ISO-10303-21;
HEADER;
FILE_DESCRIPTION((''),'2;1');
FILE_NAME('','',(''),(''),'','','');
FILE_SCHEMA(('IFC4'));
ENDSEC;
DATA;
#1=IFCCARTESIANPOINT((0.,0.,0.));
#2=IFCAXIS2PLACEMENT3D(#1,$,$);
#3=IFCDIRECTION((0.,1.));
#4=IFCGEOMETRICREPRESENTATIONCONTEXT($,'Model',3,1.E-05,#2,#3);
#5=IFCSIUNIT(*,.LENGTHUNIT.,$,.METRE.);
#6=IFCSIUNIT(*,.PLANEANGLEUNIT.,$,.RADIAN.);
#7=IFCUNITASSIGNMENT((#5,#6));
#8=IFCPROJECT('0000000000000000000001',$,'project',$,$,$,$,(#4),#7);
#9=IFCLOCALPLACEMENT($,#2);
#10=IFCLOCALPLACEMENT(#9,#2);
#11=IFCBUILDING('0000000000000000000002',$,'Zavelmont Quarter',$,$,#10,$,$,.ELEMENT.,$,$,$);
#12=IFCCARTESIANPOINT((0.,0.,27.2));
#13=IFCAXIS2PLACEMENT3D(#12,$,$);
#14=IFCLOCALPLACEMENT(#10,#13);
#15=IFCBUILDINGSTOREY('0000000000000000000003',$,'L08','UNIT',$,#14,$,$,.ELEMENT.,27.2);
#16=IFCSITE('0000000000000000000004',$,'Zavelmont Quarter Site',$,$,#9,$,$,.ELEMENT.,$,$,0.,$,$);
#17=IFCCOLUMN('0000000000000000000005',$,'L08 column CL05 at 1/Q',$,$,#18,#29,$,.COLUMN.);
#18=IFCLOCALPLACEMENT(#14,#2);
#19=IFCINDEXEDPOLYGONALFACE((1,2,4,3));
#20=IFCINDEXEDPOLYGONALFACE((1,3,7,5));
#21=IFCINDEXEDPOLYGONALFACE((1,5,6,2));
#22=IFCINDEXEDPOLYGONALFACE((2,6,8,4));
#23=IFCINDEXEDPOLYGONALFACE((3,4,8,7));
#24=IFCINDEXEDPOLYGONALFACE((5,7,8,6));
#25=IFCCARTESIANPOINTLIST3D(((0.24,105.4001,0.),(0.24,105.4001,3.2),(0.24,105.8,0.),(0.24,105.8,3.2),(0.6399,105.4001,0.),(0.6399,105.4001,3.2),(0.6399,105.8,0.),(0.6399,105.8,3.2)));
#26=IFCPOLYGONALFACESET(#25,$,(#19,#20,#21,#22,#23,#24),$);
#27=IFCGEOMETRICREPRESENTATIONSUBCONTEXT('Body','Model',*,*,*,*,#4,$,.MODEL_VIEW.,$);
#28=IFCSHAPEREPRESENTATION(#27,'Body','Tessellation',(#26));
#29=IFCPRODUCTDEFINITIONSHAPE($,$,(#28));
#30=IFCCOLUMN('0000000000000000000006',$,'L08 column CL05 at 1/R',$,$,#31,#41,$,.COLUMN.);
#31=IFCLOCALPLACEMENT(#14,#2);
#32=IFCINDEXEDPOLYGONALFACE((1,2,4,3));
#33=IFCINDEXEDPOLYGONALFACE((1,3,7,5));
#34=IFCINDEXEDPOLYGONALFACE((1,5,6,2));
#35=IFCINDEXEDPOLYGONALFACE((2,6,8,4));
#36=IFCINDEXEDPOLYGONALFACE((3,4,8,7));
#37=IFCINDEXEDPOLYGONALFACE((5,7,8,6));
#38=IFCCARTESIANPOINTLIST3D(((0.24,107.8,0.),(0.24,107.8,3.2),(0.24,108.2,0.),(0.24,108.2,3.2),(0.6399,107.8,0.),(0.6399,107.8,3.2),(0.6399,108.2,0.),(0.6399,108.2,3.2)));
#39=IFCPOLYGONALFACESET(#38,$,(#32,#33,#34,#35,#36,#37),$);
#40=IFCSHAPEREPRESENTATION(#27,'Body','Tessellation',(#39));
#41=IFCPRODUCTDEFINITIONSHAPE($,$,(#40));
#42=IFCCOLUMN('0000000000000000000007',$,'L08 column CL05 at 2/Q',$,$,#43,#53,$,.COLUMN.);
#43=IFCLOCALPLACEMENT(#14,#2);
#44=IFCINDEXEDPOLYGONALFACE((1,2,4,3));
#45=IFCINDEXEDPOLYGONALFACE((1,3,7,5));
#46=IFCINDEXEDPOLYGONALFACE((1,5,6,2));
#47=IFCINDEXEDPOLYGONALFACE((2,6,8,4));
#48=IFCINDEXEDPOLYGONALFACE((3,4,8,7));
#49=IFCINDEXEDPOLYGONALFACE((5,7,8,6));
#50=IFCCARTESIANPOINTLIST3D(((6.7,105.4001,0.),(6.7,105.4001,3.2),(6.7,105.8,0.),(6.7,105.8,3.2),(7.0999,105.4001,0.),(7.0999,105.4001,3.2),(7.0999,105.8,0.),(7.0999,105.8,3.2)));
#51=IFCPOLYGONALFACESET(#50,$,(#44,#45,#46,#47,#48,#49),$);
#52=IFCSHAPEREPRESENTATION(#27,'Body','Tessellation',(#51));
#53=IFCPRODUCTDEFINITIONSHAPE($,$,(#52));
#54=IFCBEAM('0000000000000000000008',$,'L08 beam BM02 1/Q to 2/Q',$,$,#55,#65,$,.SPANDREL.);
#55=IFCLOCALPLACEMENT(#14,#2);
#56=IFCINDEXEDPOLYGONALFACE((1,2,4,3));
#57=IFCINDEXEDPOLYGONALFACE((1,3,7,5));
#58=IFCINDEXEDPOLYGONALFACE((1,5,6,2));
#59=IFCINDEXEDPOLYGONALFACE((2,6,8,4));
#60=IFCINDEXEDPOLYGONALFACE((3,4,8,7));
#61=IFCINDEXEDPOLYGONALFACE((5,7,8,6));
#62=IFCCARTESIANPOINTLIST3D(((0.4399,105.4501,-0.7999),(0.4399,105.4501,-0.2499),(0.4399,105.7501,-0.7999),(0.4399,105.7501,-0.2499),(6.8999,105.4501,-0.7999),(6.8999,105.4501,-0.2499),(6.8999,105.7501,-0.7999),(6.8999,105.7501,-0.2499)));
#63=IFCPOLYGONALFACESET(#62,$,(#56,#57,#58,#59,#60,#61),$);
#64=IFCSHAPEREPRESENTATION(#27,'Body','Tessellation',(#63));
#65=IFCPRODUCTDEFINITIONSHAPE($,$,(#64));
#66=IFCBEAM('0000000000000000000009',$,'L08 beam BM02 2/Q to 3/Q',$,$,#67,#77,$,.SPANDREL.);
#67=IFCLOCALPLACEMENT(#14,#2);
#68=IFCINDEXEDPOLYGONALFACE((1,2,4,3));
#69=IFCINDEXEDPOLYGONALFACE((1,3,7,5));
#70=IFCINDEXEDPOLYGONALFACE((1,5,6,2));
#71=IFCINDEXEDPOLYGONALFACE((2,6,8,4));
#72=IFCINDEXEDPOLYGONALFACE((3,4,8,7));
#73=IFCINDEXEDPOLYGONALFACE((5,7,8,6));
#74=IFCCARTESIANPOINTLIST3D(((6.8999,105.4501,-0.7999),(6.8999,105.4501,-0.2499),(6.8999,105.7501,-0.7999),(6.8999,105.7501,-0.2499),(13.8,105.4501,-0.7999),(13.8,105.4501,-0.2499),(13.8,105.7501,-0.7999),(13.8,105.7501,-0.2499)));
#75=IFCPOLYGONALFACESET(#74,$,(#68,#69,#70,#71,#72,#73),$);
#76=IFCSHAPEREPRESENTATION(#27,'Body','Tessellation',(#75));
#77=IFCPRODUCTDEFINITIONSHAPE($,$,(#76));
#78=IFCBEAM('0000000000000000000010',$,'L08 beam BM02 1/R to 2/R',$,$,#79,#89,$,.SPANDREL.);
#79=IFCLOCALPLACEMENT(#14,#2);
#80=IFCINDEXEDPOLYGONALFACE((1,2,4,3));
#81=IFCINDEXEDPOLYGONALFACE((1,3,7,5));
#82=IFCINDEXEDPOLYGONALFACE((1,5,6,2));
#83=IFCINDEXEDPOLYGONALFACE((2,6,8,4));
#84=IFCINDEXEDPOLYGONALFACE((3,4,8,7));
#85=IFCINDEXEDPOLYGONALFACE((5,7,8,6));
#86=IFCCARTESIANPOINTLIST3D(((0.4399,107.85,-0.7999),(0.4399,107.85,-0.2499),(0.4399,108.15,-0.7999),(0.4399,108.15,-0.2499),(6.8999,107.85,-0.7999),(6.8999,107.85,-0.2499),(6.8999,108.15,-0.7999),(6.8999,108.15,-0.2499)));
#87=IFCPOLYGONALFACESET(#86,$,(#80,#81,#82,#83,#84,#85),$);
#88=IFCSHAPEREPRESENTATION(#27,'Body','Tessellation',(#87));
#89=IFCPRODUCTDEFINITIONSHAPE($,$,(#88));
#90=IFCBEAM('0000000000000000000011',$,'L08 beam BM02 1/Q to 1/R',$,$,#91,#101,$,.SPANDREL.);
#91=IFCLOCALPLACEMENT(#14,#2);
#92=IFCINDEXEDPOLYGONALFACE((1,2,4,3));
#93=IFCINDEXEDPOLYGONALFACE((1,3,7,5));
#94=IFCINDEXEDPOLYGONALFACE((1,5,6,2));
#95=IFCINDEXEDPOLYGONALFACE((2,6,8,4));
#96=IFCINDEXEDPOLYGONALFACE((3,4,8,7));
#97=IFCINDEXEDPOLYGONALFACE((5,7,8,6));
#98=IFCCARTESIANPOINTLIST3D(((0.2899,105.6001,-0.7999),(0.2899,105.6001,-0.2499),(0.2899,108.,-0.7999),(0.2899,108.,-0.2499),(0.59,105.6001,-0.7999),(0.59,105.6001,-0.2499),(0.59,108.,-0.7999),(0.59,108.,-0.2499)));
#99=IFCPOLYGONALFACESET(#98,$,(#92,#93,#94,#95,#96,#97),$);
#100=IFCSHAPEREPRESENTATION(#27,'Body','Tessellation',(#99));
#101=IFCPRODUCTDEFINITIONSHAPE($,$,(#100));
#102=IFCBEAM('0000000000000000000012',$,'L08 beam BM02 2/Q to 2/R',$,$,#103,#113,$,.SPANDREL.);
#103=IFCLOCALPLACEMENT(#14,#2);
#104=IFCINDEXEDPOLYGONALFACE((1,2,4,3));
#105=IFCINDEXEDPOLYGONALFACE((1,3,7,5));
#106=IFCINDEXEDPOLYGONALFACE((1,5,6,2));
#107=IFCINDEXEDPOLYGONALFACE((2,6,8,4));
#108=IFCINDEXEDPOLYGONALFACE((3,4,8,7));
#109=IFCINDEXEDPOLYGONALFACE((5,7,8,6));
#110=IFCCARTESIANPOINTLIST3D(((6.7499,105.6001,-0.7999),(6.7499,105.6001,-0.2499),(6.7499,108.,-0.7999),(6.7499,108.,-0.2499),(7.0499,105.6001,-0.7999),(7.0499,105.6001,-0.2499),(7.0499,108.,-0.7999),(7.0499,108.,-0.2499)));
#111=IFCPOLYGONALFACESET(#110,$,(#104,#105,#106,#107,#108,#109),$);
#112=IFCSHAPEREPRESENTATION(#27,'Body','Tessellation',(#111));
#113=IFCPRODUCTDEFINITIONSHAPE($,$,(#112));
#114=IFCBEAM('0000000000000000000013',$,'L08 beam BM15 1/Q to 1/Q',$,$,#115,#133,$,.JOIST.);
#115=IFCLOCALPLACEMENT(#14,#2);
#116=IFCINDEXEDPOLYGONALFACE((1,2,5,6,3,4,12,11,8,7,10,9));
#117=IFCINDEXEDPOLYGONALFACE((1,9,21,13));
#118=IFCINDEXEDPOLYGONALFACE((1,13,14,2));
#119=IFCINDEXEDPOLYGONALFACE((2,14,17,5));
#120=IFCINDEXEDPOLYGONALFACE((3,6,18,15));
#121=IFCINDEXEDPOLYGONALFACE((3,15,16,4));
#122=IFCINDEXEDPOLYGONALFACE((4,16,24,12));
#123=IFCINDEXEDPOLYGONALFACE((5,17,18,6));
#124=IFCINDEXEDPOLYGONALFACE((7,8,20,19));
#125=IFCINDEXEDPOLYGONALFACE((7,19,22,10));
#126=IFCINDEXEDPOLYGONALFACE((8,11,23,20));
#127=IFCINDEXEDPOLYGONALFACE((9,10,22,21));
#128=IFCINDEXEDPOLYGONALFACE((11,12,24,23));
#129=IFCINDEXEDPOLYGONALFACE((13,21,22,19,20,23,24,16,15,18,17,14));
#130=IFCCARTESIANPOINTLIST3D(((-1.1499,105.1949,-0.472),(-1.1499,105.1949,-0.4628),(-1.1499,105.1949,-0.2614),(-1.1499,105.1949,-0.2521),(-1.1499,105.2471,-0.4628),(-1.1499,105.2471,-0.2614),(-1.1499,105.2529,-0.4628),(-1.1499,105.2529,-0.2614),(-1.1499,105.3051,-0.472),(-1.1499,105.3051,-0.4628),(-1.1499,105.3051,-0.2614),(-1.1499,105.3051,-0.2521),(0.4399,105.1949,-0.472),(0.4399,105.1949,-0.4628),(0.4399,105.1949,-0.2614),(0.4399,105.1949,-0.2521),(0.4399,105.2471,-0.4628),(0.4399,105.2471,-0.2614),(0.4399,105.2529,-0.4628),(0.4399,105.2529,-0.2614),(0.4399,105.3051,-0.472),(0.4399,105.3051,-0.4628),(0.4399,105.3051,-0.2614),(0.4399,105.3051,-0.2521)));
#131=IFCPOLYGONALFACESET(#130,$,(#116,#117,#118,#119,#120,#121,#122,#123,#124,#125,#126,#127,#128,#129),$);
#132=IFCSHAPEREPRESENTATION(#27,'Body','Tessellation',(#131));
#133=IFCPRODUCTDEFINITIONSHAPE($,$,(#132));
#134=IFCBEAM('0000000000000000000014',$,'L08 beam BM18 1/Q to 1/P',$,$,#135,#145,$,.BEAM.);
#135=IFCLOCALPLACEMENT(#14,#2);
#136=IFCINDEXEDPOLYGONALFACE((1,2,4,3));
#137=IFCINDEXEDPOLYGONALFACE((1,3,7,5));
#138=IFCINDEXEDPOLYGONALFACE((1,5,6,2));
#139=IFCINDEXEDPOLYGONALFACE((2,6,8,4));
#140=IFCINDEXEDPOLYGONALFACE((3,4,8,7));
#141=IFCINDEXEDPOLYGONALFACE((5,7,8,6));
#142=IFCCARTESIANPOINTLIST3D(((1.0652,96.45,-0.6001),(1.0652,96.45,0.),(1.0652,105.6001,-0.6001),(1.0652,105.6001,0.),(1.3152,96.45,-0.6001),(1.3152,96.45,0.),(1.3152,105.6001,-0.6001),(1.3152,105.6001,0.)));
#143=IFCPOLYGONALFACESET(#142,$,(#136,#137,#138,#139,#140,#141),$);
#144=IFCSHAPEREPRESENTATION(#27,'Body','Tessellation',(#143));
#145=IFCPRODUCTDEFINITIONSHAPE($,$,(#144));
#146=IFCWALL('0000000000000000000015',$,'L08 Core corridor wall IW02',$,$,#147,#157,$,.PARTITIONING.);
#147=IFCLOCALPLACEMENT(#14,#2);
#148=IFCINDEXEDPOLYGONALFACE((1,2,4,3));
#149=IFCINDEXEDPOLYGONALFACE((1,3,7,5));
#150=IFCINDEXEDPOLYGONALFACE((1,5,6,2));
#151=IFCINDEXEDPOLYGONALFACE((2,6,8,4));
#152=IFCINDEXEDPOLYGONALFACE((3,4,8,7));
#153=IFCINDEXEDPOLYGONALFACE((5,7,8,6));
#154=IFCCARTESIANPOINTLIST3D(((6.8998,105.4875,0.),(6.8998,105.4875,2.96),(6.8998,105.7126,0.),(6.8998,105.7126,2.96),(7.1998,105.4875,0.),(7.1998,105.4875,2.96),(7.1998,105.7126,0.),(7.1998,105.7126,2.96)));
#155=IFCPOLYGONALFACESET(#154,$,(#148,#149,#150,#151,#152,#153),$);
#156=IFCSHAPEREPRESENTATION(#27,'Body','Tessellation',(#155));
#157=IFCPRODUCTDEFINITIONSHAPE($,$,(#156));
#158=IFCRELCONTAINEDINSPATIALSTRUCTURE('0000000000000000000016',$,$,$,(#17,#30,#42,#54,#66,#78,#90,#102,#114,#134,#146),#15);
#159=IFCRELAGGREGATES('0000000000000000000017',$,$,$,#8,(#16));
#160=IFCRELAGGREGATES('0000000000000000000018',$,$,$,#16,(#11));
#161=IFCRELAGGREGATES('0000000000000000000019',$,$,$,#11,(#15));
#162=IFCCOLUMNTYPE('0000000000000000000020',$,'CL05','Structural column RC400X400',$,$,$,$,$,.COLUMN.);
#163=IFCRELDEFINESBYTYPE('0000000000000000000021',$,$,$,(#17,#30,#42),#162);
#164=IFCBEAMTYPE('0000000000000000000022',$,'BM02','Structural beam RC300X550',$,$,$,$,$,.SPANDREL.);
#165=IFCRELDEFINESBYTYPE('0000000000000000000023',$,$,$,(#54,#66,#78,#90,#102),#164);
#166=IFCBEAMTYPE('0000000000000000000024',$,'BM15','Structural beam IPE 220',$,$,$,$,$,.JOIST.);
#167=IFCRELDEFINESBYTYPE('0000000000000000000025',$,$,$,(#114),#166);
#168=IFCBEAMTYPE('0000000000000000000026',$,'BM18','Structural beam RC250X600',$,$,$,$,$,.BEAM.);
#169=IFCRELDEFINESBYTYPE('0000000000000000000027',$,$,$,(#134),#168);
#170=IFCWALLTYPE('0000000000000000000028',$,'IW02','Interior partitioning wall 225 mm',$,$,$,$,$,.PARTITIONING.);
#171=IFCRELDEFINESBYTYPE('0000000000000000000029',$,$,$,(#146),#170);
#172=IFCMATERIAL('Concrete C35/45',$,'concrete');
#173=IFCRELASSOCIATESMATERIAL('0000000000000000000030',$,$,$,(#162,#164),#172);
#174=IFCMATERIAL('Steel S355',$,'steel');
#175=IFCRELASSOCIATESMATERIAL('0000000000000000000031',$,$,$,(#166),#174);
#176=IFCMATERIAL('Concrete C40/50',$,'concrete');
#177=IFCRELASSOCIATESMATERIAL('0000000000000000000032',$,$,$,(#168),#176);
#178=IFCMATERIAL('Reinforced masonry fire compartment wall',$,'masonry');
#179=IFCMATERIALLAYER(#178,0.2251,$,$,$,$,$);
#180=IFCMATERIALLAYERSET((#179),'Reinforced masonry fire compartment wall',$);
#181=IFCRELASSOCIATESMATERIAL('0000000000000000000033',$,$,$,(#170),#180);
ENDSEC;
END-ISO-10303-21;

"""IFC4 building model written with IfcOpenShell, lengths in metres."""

from ifc_helpers import new_model, si_unit, direction, frame, frame_2d, origin, origin_2d, place, context, subcontext, project, spatial, rectangle, i_section, extrude, material, layer, layer_set, material_profile, profile_set, type_object, element, save


model = new_model("IFC4")

# Units and contexts
model_context = context("Model", 3, precision=1e-05, world=origin(), true_north=direction((0.0, 1.0)))
body_context = subcontext(model_context, "Body", "Model", "MODEL_VIEW")
ifc_project = project(units=[si_unit("LENGTHUNIT", "METRE"), si_unit("PLANEANGLEUNIT", "RADIAN")], contexts=[model_context])

# Site, building, storey
site_placement = place(None, origin())
site = spatial("IfcSite", under=ifc_project, at=site_placement, Name="Zavelmont Quarter Site", CompositionType="ELEMENT", RefElevation=0.0)
building_placement = place(site_placement, origin())
building = spatial("IfcBuilding", under=site, at=building_placement, Name="Zavelmont Quarter", CompositionType="ELEMENT")
storey_placement = place(building_placement, frame((0.0, 0.0, 27.2)))
storey = spatial("IfcBuildingStorey", under=building, at=storey_placement, Name="L08", Description="UNIT", CompositionType="ELEMENT", Elevation=27.2)

# Columns
ifc_material_1 = material(Name="Concrete C35/45", Category="concrete")
ifc_material_profile_1 = material_profile(ifc_material_1, rectangle(XDim=0.3999, YDim=0.3999, at=origin_2d()), Name="RC400X400")
ifc_profile_set_1 = profile_set([ifc_material_profile_1], Name="Concrete C35/45")
column_type = type_object("IfcColumnType", Name="CL05", Description="Structural column RC400X400", PredefinedType="COLUMN", material=ifc_profile_set_1)
for number, where, z_axis, x_axis, name in (
    (1, (0.4399, 105.6001, 0.0), (0.0, 0.0, 1.0), (1.0, 0.0, 0.0), "L08 column CL05 at 1/Q"),
    (2, (0.4399, 108.0, 0.0), (0.0, 0.0, 1.0), (1.0, 0.0, 0.0), "L08 column CL05 at 1/R"),
    (3, (6.8999, 105.6001, 0.0), (0.0, 0.0, 1.0), (1.0, 0.0, 0.0), "L08 column CL05 at 2/Q"),
):
    element("IfcColumn", number, at=place(storey_placement, frame(where, z_axis=z_axis, x_axis=x_axis)), inside=storey, type_object=column_type, Name=name, PredefinedType="COLUMN", context=body_context, shape_type="SweptSolid", body=[
        extrude(rectangle(XDim=0.3999, YDim=0.3999, at=origin_2d()), origin(), (0.0, 0.0, 1.0), 3.2),
    ])

# Beams
ifc_material_profile_2 = material_profile(ifc_material_1, rectangle(XDim=0.3, YDim=0.55, at=origin_2d()), Name="RC300X550")
ifc_profile_set_2 = profile_set([ifc_material_profile_2], Name="Concrete C35/45")
beam_type_1 = type_object("IfcBeamType", Name="BM02", Description="Structural beam RC300X550", PredefinedType="SPANDREL", material=ifc_profile_set_2)
beam_1_placement = place(storey_placement, frame((0.4399, 105.6001, -0.5249), z_axis=(1.0, 0.0, 0.0), x_axis=(0.0, 1.0, 0.0)))
element("IfcBeam", 4, at=beam_1_placement, inside=storey, type_object=beam_type_1, Name="L08 beam BM02 1/Q to 2/Q", PredefinedType="SPANDREL", context=body_context, shape_type="SweptSolid", body=[
    extrude(rectangle(XDim=0.3, YDim=0.55, at=origin_2d()), origin(), (0.0, 0.0, 1.0), 6.46),
])
beam_2_placement = place(storey_placement, frame((6.8999, 105.6001, -0.5249), z_axis=(1.0, 0.0, 0.0), x_axis=(0.0, 1.0, 0.0)))
element("IfcBeam", 5, at=beam_2_placement, inside=storey, type_object=beam_type_1, Name="L08 beam BM02 2/Q to 3/Q", PredefinedType="SPANDREL", context=body_context, shape_type="SweptSolid", body=[
    extrude(rectangle(XDim=0.3, YDim=0.55, at=origin_2d()), origin(), (0.0, 0.0, 1.0), 6.9001),
])
beam_3_placement = place(storey_placement, frame((0.4399, 108.0, -0.5249), z_axis=(1.0, 0.0, 0.0), x_axis=(0.0, 1.0, 0.0)))
element("IfcBeam", 6, at=beam_3_placement, inside=storey, type_object=beam_type_1, Name="L08 beam BM02 1/R to 2/R", PredefinedType="SPANDREL", context=body_context, shape_type="SweptSolid", body=[
    extrude(rectangle(XDim=0.3, YDim=0.55, at=origin_2d()), origin(), (0.0, 0.0, 1.0), 6.46),
])
for number, where, z_axis, x_axis, name in (
    (7, (0.4399, 105.6001, -0.5249), (0.0, 1.0, 0.0), (-1.0, 0.0, 0.0), "L08 beam BM02 1/Q to 1/R"),
    (8, (6.8999, 105.6001, -0.5249), (0.0, 1.0, 0.0), (-1.0, 0.0, 0.0), "L08 beam BM02 2/Q to 2/R"),
):
    element("IfcBeam", number, at=place(storey_placement, frame(where, z_axis=z_axis, x_axis=x_axis)), inside=storey, type_object=beam_type_1, Name=name, PredefinedType="SPANDREL", context=body_context, shape_type="SweptSolid", body=[
        extrude(rectangle(XDim=0.3, YDim=0.55, at=origin_2d()), origin(), (0.0, 0.0, 1.0), 2.3999),
    ])
ifc_material_2 = material(Name="Steel S355", Category="steel")
ifc_material_profile_3 = material_profile(ifc_material_2, i_section(OverallWidth=0.1101, OverallDepth=0.22, WebThickness=0.0059, FlangeThickness=0.0093, at=origin_2d()), Name="IPE 220")
ifc_profile_set_3 = profile_set([ifc_material_profile_3], Name="Steel S355")
beam_type_2 = type_object("IfcBeamType", Name="BM15", Description="Structural beam IPE 220", PredefinedType="JOIST", material=ifc_profile_set_3)
beam_4_placement = place(storey_placement, frame((0.4399, 105.25, -0.3621), z_axis=(-1.0, 0.0, 0.0), x_axis=(0.0, -1.0, 0.0)))
element("IfcBeam", 9, at=beam_4_placement, inside=storey, type_object=beam_type_2, Name="L08 beam BM15 1/Q to 1/Q", PredefinedType="JOIST", context=body_context, shape_type="SweptSolid", body=[
    extrude(i_section(OverallWidth=0.1101, OverallDepth=0.22, WebThickness=0.0059, FlangeThickness=0.0093, at=origin_2d()), origin(), (0.0, 0.0, 1.0), 1.5898),
])
ifc_material_3 = material(Name="Concrete C40/50", Category="concrete")
ifc_material_profile_4 = material_profile(ifc_material_3, rectangle(XDim=0.25, YDim=0.6001, at=origin_2d()), Name="RC250X600")
ifc_profile_set_4 = profile_set([ifc_material_profile_4], Name="Concrete C40/50")
beam_type_3 = type_object("IfcBeamType", Name="BM18", Description="Structural beam RC250X600", PredefinedType="BEAM", material=ifc_profile_set_4)
beam_5_placement = place(storey_placement, frame((1.1902, 105.6001, -0.3), z_axis=(0.0, -1.0, 0.0), x_axis=(1.0, 0.0, 0.0)))
element("IfcBeam", 10, at=beam_5_placement, inside=storey, type_object=beam_type_3, Name="L08 beam BM18 1/Q to 1/P", PredefinedType="BEAM", context=body_context, shape_type="SweptSolid", body=[
    extrude(rectangle(XDim=0.25, YDim=0.6001, at=origin_2d()), origin(), (0.0, 0.0, 1.0), 9.1501),
])

# Wall
ifc_material_4 = material(Name="Reinforced masonry fire compartment wall", Category="masonry")
ifc_layer_1 = layer(ifc_material_4, 0.2251)
ifc_layer_set_1 = layer_set([ifc_layer_1], Name="Reinforced masonry fire compartment wall")
wall_type_1 = type_object("IfcWallType", Name="IW02", Description="Interior partitioning wall 225 mm", PredefinedType="PARTITIONING", material=ifc_layer_set_1)
wall_1_placement = place(storey_placement, frame((6.8999, 105.6001, 0.0), z_axis=(0.0, 0.0, 1.0), x_axis=(1.0, 0.0, 0.0)))
element("IfcWall", 11, at=wall_1_placement, inside=storey, type_object=wall_type_1, Name="L08 Core corridor wall IW02", PredefinedType="PARTITIONING", context=body_context, shape_type="SweptSolid", body=[
    extrude(rectangle(XDim=0.3, YDim=0.2251, at=frame_2d((0.1499, 0.0))), origin(), (0.0, 0.0, 1.0), 2.96),
])

save(model, "model.ifc")
